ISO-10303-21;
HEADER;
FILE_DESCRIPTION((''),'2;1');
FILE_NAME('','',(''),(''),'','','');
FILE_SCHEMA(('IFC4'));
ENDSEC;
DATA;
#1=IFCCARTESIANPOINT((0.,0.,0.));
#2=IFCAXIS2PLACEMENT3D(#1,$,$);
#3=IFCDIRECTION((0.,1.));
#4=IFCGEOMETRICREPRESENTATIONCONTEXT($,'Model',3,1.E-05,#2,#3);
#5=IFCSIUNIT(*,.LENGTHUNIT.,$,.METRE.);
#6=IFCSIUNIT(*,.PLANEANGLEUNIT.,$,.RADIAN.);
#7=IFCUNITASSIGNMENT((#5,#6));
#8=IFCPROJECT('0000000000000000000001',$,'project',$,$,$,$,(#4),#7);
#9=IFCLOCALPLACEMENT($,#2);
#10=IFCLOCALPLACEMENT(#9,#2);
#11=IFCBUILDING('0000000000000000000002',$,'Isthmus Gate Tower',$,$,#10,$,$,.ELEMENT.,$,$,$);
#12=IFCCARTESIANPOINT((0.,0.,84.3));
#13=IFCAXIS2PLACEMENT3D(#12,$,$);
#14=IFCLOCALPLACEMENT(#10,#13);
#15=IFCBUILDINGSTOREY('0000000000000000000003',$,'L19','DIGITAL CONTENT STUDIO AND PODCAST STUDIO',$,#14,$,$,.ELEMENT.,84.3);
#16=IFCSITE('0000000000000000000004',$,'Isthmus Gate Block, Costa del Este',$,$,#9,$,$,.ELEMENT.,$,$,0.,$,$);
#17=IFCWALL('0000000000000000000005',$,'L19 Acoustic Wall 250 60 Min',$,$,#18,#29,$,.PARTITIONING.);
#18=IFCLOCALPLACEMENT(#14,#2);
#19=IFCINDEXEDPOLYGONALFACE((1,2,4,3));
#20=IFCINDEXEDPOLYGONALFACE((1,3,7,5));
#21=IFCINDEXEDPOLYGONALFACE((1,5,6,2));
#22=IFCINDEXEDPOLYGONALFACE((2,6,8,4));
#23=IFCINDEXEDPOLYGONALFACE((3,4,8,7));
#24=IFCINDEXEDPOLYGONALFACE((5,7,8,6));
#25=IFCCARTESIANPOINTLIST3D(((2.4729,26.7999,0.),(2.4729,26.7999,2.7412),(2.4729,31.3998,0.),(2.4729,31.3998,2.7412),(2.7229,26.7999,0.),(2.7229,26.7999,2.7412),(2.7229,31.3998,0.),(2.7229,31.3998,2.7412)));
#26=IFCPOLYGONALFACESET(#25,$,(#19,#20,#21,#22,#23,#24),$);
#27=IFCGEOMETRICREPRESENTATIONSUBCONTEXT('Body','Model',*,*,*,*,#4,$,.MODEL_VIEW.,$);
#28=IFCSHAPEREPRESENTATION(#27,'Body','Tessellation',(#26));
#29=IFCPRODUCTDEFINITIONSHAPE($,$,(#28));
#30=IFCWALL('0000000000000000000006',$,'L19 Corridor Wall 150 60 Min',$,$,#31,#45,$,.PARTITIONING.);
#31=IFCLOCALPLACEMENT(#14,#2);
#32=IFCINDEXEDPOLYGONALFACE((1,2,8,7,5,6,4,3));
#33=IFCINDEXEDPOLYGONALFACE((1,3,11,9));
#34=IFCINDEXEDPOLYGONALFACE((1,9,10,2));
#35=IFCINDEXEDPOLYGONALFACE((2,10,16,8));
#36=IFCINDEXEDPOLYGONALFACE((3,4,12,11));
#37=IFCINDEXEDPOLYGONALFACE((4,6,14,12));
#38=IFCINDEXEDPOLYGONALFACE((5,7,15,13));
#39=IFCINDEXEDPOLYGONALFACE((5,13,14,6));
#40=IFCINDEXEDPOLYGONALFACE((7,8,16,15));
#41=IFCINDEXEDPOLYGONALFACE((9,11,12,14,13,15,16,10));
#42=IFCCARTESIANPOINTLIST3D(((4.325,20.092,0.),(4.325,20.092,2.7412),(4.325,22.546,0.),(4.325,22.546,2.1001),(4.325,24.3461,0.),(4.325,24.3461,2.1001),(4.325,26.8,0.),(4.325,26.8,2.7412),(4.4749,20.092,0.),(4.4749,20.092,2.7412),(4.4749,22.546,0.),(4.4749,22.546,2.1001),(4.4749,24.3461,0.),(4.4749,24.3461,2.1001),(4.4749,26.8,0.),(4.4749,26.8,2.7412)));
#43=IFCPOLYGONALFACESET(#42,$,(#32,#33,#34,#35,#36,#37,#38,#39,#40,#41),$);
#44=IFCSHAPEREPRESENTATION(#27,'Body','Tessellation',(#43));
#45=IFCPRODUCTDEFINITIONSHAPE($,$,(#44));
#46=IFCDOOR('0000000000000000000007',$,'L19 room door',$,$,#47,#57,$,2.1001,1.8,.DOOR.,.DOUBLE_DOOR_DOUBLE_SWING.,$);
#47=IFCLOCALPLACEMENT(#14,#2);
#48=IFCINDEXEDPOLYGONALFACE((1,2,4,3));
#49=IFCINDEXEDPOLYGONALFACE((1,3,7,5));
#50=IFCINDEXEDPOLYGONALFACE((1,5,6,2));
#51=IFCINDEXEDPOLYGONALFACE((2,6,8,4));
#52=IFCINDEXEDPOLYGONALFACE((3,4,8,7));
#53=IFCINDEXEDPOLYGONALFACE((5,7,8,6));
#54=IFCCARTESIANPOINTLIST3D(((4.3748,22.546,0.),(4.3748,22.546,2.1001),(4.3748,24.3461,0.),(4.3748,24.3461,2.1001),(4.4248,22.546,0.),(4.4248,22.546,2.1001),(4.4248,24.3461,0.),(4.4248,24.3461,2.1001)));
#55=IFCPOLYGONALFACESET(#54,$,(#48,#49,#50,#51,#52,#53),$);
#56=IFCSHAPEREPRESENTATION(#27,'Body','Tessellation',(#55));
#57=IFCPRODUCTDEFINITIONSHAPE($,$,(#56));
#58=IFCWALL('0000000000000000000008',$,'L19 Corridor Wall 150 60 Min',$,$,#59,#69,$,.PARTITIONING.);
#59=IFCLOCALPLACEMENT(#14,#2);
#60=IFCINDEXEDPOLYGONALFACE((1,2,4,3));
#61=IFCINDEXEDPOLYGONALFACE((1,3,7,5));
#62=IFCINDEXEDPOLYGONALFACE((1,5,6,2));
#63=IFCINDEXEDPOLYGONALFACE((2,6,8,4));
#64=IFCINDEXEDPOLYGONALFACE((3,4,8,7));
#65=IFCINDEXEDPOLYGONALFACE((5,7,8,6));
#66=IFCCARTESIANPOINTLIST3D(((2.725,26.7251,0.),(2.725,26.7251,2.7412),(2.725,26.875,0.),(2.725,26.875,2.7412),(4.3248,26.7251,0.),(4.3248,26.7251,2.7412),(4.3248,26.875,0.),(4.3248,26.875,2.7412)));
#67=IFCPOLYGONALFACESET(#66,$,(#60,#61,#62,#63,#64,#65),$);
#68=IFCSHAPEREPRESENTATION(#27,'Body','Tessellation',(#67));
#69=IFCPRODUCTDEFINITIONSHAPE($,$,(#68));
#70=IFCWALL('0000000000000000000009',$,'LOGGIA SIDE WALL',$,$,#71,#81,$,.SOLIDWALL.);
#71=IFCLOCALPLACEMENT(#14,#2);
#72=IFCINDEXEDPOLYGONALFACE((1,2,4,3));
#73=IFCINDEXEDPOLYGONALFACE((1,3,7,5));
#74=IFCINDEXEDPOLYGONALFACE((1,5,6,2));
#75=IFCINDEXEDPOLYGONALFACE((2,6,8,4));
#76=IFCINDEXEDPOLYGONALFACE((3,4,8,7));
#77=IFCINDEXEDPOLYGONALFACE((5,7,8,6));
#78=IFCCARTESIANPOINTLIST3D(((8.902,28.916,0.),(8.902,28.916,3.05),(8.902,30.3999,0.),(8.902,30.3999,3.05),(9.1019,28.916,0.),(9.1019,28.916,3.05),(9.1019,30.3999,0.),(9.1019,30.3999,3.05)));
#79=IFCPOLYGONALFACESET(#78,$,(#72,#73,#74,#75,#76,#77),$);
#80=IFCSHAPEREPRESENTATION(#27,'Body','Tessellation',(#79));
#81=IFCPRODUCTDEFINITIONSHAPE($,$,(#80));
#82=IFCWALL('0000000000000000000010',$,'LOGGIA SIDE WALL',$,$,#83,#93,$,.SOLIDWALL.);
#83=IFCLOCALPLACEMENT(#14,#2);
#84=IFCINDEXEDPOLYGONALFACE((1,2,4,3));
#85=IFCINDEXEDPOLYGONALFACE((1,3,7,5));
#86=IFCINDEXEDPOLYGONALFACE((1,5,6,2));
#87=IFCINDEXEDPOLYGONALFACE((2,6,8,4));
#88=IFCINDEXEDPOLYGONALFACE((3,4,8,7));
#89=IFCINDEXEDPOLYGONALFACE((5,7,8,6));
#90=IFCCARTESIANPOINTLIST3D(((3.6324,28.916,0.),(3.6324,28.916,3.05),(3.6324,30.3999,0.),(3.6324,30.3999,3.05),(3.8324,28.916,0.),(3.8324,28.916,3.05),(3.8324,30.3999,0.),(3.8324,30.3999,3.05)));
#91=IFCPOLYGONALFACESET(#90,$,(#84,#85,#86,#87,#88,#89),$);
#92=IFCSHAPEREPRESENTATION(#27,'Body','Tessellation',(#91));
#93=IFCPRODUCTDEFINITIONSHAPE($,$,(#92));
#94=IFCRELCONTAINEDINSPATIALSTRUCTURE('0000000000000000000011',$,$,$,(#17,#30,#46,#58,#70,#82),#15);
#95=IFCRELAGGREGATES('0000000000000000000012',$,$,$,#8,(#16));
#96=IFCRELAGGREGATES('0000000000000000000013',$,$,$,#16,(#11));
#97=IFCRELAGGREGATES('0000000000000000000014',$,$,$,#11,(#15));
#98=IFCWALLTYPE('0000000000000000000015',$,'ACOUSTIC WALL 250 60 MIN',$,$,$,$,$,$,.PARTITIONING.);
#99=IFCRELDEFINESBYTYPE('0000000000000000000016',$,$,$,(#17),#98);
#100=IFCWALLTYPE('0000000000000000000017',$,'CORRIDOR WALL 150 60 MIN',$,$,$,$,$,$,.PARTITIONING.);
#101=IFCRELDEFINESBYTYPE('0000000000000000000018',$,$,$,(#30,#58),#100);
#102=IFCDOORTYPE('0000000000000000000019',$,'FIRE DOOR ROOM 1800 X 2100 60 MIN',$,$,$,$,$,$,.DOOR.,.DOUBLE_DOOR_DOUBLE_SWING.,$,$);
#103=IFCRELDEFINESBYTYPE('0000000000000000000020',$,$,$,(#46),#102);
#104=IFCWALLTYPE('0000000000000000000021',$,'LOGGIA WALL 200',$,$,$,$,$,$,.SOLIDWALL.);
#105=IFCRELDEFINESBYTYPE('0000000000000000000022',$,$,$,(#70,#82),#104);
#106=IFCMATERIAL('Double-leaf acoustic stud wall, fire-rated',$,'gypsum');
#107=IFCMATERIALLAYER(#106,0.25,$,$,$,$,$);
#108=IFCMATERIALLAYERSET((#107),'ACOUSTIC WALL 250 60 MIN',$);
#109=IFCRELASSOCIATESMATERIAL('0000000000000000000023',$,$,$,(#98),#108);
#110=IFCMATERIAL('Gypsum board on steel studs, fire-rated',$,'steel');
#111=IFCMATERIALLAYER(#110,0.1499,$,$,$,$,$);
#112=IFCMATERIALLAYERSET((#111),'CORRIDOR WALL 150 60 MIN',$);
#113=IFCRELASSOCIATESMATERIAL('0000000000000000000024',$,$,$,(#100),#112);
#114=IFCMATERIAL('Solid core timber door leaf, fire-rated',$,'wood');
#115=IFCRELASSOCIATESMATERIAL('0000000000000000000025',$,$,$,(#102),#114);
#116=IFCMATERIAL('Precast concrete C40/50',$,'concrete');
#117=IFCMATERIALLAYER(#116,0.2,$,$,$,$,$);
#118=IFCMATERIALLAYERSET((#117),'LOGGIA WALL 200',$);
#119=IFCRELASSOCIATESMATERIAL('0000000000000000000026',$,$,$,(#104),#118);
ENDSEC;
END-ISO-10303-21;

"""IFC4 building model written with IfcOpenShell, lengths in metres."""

from ifc_helpers import new_model, si_unit, direction, frame, frame_2d, origin, place, context, subcontext, project, spatial, rectangle, extrude, material, layer, layer_set, type_object, element, fill, save


model = new_model("IFC4")

# Units and contexts
model_context = context("Model", 3, precision=1e-05, world=origin(), true_north=direction((0.0, 1.0)))
body_context = subcontext(model_context, "Body", "Model", "MODEL_VIEW")
ifc_project = project(units=[si_unit("LENGTHUNIT", "METRE"), si_unit("PLANEANGLEUNIT", "RADIAN")], contexts=[model_context])

# Site, building, storey
site_placement = place(None, origin())
site = spatial("IfcSite", under=ifc_project, at=site_placement, Name="Isthmus Gate Block, Costa del Este", CompositionType="ELEMENT", RefElevation=0.0)
building_placement = place(site_placement, origin())
building = spatial("IfcBuilding", under=site, at=building_placement, Name="Isthmus Gate Tower", CompositionType="ELEMENT")
storey_placement = place(building_placement, frame((0.0, 0.0, 84.3)))
storey = spatial("IfcBuildingStorey", under=building, at=storey_placement, Name="L19", Description="DIGITAL CONTENT STUDIO AND PODCAST STUDIO", CompositionType="ELEMENT", Elevation=84.3)

# Wall
ifc_material_1 = material(Name="Double-leaf acoustic stud wall, fire-rated", Category="gypsum")
ifc_layer_1 = layer(ifc_material_1, 0.25)
ifc_layer_set_1 = layer_set([ifc_layer_1], Name="ACOUSTIC WALL 250 60 MIN")
wall_type_1 = type_object("IfcWallType", Name="ACOUSTIC WALL 250 60 MIN", PredefinedType="PARTITIONING", material=ifc_layer_set_1)
wall_1_placement = place(storey_placement, frame((2.5979, 26.8, 0.0), z_axis=(0.0, 0.0, 1.0), x_axis=(0.0, 1.0, 0.0)))
element("IfcWall", 1, at=wall_1_placement, inside=storey, type_object=wall_type_1, Name="L19 Acoustic Wall 250 60 Min", PredefinedType="PARTITIONING", context=body_context, shape_type="SweptSolid", body=[
    extrude(rectangle(XDim=4.5999, YDim=0.25, at=frame_2d((2.2998, 0.0))), origin(), (0.0, 0.0, 1.0), 2.7412),
])

# Wall, opening, door
ifc_material_2 = material(Name="Gypsum board on steel studs, fire-rated", Category="steel")
ifc_layer_2 = layer(ifc_material_2, 0.1499)
ifc_layer_set_2 = layer_set([ifc_layer_2], Name="CORRIDOR WALL 150 60 MIN")
wall_type_2 = type_object("IfcWallType", Name="CORRIDOR WALL 150 60 MIN", PredefinedType="PARTITIONING", material=ifc_layer_set_2)
wall_2_placement = place(storey_placement, frame((4.3999, 26.8, 0.0), z_axis=(0.0, 0.0, 1.0), x_axis=(0.0, -1.0, 0.0)))
wall_2 = element("IfcWall", 2, at=wall_2_placement, inside=storey, type_object=wall_type_2, Name="L19 Corridor Wall 150 60 Min", PredefinedType="PARTITIONING", context=body_context, shape_type="SweptSolid", body=[
    extrude(rectangle(XDim=6.708, YDim=0.1499, at=frame_2d((3.354, 0.0))), origin(), (0.0, 0.0, 1.0), 2.7412),
])
opening_1_placement = place(wall_2_placement, frame((2.4541, 0.0, 0.0)))
opening_1 = element("IfcOpeningElement", 3, at=opening_1_placement, cuts=wall_2, PredefinedType="OPENING", context=body_context, shape_type="SweptSolid", body=[
    extrude(rectangle(XDim=1.8, YDim=2.1001, at=frame_2d((0.8999, 1.05))), frame((0.0, 0.085, 0.0), z_axis=(0.0, -1.0, 0.0), x_axis=(1.0, 0.0, 0.0)), (0.0, 0.0, 1.0), 0.1699),
])
ifc_material_3 = material(Name="Solid core timber door leaf, fire-rated", Category="wood")
door_type_1 = type_object("IfcDoorType", Name="FIRE DOOR ROOM 1800 X 2100 60 MIN", OperationType="DOUBLE_DOOR_DOUBLE_SWING", PredefinedType="DOOR", material=ifc_material_3)
door_1_placement = place(opening_1_placement, origin())
door_1 = element("IfcDoor", 4, at=door_1_placement, inside=storey, type_object=door_type_1, Name="L19 room door", OperationType="DOUBLE_DOOR_DOUBLE_SWING", OverallHeight=2.1001, OverallWidth=1.8, PredefinedType="DOOR", context=body_context, shape_type="SweptSolid", body=[
    extrude(rectangle(XDim=1.8, YDim=2.1001, at=frame_2d((0.8999, 1.05))), frame((0.0, 0.0249, 0.0), z_axis=(0.0, -1.0, 0.0), x_axis=(1.0, 0.0, 0.0)), (0.0, 0.0, 1.0), 0.05),
])
fill(opening_1, door_1)

# Wall
wall_3_placement = place(storey_placement, frame((2.7251, 26.8, 0.0), z_axis=(0.0, 0.0, 1.0), x_axis=(1.0, 0.0, 0.0)))
element("IfcWall", 5, at=wall_3_placement, inside=storey, type_object=wall_type_2, Name="L19 Corridor Wall 150 60 Min", PredefinedType="PARTITIONING", context=body_context, shape_type="SweptSolid", body=[
    extrude(rectangle(XDim=1.5999, YDim=0.1499, at=frame_2d((0.7998, 0.0))), origin(), (0.0, 0.0, 1.0), 2.7412),
])

# Shared definitions
ifc_material_4 = material(Name="Precast concrete C40/50", Category="concrete")
ifc_layer_3 = layer(ifc_material_4, 0.2)
ifc_layer_set_3 = layer_set([ifc_layer_3], Name="LOGGIA WALL 200")
wall_type_3 = type_object("IfcWallType", Name="LOGGIA WALL 200", PredefinedType="SOLIDWALL", material=ifc_layer_set_3)

# Walls
for number, where, z_axis, x_axis, name in (
    (6, (9.002, 30.3999, 0.0), (0.0, 0.0, 1.0), (0.0, -1.0, 0.0), "LOGGIA SIDE WALL"),
    (7, (3.7324, 30.3999, 0.0), (0.0, 0.0, 1.0), (0.0, -1.0, 0.0), "LOGGIA SIDE WALL"),
):
    element("IfcWall", number, at=place(storey_placement, frame(where, z_axis=z_axis, x_axis=x_axis)), inside=storey, type_object=wall_type_3, Name=name, PredefinedType="SOLIDWALL", context=body_context, shape_type="SweptSolid", body=[
        extrude(rectangle(XDim=1.4839, YDim=0.2, at=frame_2d((0.7419, 0.0))), origin(), (0.0, 0.0, 1.0), 3.05),
    ])

save(model, "model.ifc")
